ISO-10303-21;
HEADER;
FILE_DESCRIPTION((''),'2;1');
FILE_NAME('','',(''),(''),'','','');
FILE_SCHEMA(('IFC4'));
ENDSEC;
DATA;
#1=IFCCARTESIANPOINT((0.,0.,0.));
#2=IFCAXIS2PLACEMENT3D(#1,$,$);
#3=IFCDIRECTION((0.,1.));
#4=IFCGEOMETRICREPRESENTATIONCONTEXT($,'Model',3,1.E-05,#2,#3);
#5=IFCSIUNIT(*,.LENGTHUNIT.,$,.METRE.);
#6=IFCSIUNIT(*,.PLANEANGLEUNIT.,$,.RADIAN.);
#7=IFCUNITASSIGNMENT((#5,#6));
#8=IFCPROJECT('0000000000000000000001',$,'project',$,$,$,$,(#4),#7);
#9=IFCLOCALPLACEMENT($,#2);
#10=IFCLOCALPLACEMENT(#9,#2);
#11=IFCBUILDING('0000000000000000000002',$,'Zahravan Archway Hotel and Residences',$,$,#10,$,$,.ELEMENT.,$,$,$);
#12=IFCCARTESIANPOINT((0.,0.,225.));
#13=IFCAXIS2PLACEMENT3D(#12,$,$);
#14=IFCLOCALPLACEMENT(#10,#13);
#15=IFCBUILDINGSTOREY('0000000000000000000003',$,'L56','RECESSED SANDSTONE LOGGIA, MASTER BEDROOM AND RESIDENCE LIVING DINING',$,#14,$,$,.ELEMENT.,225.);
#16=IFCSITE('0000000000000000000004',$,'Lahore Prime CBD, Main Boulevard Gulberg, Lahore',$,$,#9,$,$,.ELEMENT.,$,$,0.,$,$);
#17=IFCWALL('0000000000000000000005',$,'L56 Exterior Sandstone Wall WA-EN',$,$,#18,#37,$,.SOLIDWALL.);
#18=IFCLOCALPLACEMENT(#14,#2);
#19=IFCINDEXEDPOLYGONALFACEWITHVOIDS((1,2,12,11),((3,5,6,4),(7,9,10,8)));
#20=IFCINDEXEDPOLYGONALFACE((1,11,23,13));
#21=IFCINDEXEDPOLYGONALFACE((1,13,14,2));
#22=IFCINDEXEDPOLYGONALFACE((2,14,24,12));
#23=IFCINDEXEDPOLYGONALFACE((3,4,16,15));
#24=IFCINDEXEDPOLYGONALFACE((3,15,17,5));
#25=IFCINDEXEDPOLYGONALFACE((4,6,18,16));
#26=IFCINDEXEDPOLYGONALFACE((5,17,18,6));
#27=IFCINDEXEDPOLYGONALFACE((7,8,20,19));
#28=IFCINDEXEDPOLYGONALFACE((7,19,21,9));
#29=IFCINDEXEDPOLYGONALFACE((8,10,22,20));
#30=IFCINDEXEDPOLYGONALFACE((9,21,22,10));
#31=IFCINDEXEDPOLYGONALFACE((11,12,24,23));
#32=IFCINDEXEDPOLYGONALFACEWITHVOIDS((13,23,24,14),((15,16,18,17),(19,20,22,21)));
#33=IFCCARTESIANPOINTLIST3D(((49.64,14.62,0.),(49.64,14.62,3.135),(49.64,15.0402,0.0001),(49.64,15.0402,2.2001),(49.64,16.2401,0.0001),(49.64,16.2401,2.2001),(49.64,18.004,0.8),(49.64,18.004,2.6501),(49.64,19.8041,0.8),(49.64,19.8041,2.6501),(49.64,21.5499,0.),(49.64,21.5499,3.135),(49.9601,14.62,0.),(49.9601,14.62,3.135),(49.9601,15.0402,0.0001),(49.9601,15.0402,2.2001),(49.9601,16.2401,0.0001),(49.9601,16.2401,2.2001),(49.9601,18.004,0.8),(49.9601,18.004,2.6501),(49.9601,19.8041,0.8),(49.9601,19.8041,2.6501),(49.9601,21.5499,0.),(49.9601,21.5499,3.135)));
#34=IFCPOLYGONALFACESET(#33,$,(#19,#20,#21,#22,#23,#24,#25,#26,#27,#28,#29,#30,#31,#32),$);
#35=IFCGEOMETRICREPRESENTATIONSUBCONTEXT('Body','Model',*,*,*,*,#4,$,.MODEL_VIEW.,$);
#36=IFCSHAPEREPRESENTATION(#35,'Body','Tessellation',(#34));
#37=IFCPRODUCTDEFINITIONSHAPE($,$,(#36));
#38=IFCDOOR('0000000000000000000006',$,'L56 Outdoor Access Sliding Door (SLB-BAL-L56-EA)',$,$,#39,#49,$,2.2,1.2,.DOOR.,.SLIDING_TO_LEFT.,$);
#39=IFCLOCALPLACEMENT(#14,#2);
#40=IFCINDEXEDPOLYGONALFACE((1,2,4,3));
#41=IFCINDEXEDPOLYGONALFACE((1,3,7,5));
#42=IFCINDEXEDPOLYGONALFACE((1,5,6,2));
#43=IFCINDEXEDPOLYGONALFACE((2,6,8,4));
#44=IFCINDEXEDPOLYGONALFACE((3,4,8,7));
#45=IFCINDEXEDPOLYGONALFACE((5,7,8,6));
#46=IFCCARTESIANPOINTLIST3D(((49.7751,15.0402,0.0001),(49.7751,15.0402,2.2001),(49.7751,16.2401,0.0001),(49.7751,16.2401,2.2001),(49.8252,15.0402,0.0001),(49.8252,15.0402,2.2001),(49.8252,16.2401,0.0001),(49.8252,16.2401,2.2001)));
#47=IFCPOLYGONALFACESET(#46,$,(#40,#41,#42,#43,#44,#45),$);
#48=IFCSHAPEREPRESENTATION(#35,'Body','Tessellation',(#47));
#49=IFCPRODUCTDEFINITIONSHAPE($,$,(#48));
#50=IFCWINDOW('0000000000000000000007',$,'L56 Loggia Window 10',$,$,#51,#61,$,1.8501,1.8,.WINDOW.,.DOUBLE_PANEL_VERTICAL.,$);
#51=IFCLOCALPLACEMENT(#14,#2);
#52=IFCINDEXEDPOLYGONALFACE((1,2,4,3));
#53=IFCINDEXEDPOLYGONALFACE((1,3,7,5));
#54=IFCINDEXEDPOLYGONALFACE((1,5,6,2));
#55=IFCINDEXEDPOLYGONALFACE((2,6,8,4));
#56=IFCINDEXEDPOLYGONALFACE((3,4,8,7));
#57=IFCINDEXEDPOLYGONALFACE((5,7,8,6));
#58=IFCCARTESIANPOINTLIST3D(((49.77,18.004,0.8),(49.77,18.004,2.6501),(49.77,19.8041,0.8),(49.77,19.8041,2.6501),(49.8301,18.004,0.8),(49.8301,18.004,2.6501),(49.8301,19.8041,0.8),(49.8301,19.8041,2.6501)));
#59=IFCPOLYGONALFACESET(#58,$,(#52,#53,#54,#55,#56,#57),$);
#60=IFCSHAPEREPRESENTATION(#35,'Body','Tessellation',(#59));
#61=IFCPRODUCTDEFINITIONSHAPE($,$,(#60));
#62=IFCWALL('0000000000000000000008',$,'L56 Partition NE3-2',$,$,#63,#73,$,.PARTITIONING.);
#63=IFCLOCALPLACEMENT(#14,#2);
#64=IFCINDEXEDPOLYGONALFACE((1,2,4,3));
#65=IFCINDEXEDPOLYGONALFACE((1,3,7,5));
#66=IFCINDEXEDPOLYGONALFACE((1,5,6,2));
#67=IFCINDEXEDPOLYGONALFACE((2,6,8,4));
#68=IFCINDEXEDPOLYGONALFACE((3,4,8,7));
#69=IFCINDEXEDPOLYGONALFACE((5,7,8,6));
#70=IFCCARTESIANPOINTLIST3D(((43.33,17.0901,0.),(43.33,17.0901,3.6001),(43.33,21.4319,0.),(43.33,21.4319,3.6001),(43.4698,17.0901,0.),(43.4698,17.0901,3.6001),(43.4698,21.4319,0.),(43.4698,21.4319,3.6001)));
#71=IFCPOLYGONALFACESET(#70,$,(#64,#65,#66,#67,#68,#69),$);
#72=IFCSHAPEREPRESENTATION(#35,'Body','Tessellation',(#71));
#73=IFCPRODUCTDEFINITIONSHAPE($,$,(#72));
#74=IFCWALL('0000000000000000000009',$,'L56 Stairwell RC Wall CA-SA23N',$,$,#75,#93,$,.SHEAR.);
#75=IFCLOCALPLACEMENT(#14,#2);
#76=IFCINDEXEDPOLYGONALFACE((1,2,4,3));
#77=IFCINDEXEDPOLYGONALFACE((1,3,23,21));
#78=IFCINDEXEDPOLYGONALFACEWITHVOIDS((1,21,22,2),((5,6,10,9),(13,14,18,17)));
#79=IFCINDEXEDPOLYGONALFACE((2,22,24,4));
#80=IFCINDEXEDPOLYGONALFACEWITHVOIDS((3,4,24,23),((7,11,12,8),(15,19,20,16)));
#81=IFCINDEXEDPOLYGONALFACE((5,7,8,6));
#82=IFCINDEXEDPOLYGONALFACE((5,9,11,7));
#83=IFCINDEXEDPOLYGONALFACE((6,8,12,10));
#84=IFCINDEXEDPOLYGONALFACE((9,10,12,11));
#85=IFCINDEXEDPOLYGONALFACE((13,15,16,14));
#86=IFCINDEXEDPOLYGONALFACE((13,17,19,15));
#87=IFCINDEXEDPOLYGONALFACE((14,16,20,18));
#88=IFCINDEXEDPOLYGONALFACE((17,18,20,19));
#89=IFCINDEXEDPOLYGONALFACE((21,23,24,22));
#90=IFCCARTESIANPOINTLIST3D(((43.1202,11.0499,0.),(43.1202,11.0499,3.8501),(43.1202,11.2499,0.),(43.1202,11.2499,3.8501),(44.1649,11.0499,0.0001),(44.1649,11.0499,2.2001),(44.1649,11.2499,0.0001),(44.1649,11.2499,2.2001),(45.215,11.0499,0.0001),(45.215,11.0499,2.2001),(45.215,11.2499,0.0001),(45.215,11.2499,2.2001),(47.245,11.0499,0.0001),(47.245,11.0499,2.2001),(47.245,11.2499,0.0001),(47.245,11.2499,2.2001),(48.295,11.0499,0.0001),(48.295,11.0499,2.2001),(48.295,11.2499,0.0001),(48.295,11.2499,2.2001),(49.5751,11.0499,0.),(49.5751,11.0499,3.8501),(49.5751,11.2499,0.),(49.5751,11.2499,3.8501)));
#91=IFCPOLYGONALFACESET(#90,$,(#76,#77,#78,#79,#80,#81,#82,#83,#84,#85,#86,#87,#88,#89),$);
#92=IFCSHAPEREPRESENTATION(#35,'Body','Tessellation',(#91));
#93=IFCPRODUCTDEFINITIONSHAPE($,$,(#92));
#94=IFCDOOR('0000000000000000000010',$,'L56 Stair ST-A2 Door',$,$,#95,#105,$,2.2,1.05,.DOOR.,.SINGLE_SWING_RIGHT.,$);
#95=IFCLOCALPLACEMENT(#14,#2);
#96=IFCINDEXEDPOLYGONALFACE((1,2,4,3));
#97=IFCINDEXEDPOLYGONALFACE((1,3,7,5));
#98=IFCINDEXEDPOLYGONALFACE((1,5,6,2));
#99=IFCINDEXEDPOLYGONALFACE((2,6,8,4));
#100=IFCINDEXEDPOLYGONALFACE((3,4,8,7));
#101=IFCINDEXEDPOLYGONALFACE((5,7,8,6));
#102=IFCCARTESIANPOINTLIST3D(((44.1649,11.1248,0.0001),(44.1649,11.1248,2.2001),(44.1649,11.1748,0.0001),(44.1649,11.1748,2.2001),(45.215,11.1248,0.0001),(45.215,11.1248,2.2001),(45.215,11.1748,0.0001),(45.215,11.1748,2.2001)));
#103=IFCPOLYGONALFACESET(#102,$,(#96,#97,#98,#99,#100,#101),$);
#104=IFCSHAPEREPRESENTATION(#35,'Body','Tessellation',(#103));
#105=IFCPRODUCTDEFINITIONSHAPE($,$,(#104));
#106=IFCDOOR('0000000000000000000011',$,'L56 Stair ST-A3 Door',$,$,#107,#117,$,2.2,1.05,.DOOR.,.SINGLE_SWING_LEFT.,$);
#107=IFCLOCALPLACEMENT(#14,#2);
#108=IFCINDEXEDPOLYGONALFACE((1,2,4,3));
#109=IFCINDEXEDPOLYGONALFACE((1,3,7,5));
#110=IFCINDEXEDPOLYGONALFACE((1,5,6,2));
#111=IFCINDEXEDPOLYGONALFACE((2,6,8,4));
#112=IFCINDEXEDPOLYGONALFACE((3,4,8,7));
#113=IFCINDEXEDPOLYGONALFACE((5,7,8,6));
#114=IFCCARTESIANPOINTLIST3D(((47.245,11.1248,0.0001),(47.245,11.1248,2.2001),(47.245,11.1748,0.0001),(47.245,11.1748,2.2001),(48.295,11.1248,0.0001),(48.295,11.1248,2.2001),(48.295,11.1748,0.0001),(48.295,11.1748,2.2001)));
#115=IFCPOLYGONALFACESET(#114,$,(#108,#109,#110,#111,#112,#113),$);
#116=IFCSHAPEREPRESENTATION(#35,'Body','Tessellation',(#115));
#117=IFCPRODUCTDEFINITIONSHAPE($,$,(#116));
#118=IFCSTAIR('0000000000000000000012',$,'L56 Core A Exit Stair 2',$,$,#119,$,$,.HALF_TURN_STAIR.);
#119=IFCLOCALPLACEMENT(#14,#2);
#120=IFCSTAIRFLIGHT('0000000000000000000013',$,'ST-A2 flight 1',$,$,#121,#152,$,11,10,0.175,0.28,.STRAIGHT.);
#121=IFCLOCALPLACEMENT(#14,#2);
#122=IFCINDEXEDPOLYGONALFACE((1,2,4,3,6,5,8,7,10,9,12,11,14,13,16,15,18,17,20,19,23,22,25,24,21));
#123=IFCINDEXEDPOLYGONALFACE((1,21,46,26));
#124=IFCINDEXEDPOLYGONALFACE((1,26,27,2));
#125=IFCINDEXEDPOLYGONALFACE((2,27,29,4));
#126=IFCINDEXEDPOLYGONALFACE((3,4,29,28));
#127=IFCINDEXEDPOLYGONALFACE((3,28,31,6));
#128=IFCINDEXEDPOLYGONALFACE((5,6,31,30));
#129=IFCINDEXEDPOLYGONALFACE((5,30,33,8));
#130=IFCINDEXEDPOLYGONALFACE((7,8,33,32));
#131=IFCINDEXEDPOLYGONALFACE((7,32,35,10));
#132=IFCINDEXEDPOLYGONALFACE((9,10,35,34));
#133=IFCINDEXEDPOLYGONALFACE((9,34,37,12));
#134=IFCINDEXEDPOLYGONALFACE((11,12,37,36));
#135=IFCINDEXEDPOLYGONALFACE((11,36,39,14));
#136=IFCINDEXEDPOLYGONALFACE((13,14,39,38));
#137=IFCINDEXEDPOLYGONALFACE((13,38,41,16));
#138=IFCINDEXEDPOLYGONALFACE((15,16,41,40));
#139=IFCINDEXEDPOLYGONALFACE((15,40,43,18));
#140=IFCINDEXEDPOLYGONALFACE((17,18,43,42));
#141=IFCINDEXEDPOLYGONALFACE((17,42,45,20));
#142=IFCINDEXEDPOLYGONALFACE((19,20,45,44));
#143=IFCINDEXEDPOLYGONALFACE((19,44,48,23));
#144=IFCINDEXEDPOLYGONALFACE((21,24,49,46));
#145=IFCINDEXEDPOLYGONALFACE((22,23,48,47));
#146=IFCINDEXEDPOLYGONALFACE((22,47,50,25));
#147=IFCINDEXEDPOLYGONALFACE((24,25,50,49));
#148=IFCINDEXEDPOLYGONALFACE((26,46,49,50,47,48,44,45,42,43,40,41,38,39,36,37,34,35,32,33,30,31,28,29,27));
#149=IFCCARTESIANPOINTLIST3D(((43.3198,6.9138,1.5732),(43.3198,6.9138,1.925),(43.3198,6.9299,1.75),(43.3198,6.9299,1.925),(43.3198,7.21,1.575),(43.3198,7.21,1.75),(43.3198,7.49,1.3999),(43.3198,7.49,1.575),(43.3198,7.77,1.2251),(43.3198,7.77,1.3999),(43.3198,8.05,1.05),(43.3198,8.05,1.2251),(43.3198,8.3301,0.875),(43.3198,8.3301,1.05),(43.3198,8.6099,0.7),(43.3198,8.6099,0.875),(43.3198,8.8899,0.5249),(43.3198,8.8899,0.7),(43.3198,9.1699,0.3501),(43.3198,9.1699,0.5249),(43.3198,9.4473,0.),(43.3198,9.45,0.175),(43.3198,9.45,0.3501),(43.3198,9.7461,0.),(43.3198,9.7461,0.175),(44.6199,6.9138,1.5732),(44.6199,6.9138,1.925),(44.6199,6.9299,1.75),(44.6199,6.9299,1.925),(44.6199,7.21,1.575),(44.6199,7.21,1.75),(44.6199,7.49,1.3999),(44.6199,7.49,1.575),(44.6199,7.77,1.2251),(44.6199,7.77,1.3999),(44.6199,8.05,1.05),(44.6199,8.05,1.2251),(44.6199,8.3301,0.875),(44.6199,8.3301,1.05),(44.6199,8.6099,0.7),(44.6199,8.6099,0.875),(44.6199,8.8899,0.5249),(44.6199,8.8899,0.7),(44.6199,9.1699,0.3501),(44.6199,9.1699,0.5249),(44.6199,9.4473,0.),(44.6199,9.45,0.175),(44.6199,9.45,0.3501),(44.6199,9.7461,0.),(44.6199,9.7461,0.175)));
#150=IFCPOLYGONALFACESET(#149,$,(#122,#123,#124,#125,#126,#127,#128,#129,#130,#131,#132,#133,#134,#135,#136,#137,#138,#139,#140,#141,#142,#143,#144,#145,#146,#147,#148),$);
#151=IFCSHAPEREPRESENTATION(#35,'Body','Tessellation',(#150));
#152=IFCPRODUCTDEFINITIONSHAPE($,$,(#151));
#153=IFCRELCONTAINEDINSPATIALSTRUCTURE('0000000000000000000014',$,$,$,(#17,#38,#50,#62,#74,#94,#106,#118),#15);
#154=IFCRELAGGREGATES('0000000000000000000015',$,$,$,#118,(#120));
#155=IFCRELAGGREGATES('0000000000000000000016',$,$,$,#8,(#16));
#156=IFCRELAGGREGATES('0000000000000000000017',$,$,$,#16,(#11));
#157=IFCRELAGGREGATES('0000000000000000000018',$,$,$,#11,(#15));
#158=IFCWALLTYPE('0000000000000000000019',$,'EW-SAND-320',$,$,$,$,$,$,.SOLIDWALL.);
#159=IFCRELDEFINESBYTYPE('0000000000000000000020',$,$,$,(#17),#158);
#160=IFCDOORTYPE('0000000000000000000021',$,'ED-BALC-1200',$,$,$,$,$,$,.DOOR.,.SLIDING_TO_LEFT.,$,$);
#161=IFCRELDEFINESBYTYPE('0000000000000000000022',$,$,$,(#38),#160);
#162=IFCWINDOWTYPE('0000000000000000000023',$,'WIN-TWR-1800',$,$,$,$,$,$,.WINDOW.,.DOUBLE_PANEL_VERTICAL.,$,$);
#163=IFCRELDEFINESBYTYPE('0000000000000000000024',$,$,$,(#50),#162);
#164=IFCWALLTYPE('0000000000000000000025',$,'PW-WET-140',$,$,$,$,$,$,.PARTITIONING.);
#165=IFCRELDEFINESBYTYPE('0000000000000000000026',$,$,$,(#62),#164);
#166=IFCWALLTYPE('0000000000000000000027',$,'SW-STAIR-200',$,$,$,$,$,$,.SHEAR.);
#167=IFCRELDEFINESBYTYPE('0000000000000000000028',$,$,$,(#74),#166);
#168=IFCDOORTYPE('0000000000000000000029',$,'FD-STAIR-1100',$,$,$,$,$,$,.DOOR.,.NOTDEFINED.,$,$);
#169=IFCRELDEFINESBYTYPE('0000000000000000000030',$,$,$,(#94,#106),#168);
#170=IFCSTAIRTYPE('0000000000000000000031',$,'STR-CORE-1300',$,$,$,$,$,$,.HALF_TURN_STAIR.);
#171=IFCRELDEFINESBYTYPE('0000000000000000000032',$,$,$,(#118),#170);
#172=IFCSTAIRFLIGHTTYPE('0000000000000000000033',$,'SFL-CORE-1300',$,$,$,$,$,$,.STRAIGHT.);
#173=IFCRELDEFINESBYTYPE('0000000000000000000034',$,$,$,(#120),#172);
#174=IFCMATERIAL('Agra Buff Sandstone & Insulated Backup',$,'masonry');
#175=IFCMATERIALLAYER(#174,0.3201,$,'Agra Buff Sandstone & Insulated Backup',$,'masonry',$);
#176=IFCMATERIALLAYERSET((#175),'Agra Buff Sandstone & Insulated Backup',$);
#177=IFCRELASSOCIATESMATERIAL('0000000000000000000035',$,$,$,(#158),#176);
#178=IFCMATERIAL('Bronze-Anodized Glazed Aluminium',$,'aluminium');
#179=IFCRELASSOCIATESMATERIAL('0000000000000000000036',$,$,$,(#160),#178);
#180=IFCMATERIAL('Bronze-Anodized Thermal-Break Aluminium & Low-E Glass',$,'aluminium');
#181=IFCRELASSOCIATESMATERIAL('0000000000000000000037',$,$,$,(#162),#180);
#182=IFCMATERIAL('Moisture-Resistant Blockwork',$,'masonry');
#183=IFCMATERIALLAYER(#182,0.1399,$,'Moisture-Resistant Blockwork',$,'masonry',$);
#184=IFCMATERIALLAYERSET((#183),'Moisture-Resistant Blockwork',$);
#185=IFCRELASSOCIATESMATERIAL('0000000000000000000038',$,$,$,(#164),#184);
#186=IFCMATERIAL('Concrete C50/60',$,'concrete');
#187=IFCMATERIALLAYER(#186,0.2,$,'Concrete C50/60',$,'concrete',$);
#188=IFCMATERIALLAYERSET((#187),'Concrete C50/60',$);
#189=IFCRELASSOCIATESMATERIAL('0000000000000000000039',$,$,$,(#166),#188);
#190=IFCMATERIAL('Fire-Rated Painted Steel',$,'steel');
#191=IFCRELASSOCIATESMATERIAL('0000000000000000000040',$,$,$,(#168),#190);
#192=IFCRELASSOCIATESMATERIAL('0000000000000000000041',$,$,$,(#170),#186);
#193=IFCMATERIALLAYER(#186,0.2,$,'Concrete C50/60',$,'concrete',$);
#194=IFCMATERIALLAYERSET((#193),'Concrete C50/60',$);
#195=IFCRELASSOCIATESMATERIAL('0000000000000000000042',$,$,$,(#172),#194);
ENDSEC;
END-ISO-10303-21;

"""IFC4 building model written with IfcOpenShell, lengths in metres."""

from ifc_helpers import new_model, si_unit, direction, frame, frame_2d, origin, place, context, subcontext, project, spatial, polyline, rectangle, outline, extrude, source, transform, mapped, material, layer, layer_set, type_object, type_shapes, element, fill, aggregate, save


model = new_model("IFC4")

# Units and contexts
model_context = context("Model", 3, precision=1e-05, world=origin(), true_north=direction((0.0, 1.0)))
body_context = subcontext(model_context, "Body", "Model", "MODEL_VIEW")
ifc_project = project(units=[si_unit("LENGTHUNIT", "METRE"), si_unit("PLANEANGLEUNIT", "RADIAN")], contexts=[model_context])

# Site, building, storey
site_placement = place(None, origin())
site = spatial("IfcSite", under=ifc_project, at=site_placement, Name="Lahore Prime CBD, Main Boulevard Gulberg, Lahore", CompositionType="ELEMENT", RefElevation=0.0)
building_placement = place(site_placement, origin())
building = spatial("IfcBuilding", under=site, at=building_placement, Name="Zahravan Archway Hotel and Residences", CompositionType="ELEMENT")
storey_placement = place(building_placement, frame((0.0, 0.0, 225.0)))
storey = spatial("IfcBuildingStorey", under=building, at=storey_placement, Name="L56", Description="RECESSED SANDSTONE LOGGIA, MASTER BEDROOM AND RESIDENCE LIVING DINING", CompositionType="ELEMENT", Elevation=225.0)

# Wall, openings, door, window
ifc_material_1 = material(Name="Agra Buff Sandstone & Insulated Backup", Category="masonry")
ifc_layer_1 = layer(ifc_material_1, 0.3201, Name="Agra Buff Sandstone & Insulated Backup", Category="masonry")
ifc_layer_set_1 = layer_set([ifc_layer_1], Name="Agra Buff Sandstone & Insulated Backup")
wall_type_1 = type_object("IfcWallType", Name="EW-SAND-320", PredefinedType="SOLIDWALL", material=ifc_layer_set_1)
wall_1_placement = place(storey_placement, frame((49.8, 14.6201, 0.0), z_axis=(0.0, 0.0, 1.0), x_axis=(0.0, 1.0, 0.0)))
wall_1 = element("IfcWall", 1, at=wall_1_placement, inside=storey, type_object=wall_type_1, Name="L56 Exterior Sandstone Wall WA-EN", PredefinedType="SOLIDWALL", context=body_context, shape_type="SweptSolid", body=[
    extrude(rectangle(XDim=6.9299, YDim=0.3201, at=frame_2d((3.4648, 0.0))), origin(), (0.0, 0.0, 1.0), 3.135),
])
opening_1_placement = place(wall_1_placement, frame((0.4199, 0.0, 0.0)))
opening_1 = element("IfcOpeningElement", 2, at=opening_1_placement, cuts=wall_1, PredefinedType="OPENING", context=body_context, shape_type="SweptSolid", body=[
    extrude(rectangle(XDim=1.2, YDim=2.2, at=frame_2d((0.6001, 1.1001))), frame((0.0, 0.1699, 0.0), z_axis=(0.0, -1.0, 0.0), x_axis=(1.0, 0.0, 0.0)), (0.0, 0.0, 1.0), 0.3401),
])
opening_2_placement = place(wall_1_placement, frame((3.384, 0.0, 0.8)))
opening_2 = element("IfcOpeningElement", 3, at=opening_2_placement, cuts=wall_1, PredefinedType="OPENING", context=body_context, shape_type="SweptSolid", body=[
    extrude(rectangle(XDim=1.8, YDim=1.8501, at=frame_2d((0.8999, 0.925))), frame((0.0, 0.1699, 0.0), z_axis=(0.0, -1.0, 0.0), x_axis=(1.0, 0.0, 0.0)), (0.0, 0.0, 1.0), 0.3401),
])
ifc_material_2 = material(Name="Bronze-Anodized Glazed Aluminium", Category="aluminium")
door_type_1 = type_object("IfcDoorType", Name="ED-BALC-1200", OperationType="SLIDING_TO_LEFT", PredefinedType="DOOR", material=ifc_material_2)
shared_shape_1 = source(origin(), body_context, "Body", "SweptSolid", [
    extrude(rectangle(XDim=1.2, YDim=2.2, at=frame_2d((0.6001, 1.1001))), frame((0.0, 0.0249, 0.0), z_axis=(0.0, -1.0, 0.0), x_axis=(1.0, 0.0, 0.0)), (0.0, 0.0, 1.0), 0.05),
])
type_shapes(door_type_1, [shared_shape_1])
door_1_placement = place(opening_1_placement, origin())
door_1 = element("IfcDoor", 4, at=door_1_placement, inside=storey, type_object=door_type_1, Name="L56 Outdoor Access Sliding Door (SLB-BAL-L56-EA)", OperationType="SLIDING_TO_LEFT", OverallHeight=2.2, OverallWidth=1.2, PredefinedType="DOOR", context=body_context, shape_type="MappedRepresentation", body=[
    mapped(shared_shape_1, transform((0.0, 0.0, 0.0), scale=1.0)),
])
fill(opening_1, door_1)
ifc_material_3 = material(Name="Bronze-Anodized Thermal-Break Aluminium & Low-E Glass", Category="aluminium")
window_type = type_object("IfcWindowType", Name="WIN-TWR-1800", PartitioningType="DOUBLE_PANEL_VERTICAL", PredefinedType="WINDOW", material=ifc_material_3)
shared_shape_2 = source(origin(), body_context, "Body", "SweptSolid", [
    extrude(rectangle(XDim=1.8, YDim=1.8501, at=frame_2d((0.8999, 0.925))), frame((0.0, 0.03, 0.0), z_axis=(0.0, -1.0, 0.0), x_axis=(1.0, 0.0, 0.0)), (0.0, 0.0, 1.0), 0.0601),
])
type_shapes(window_type, [shared_shape_2])
window_placement = place(opening_2_placement, origin())
window = element("IfcWindow", 5, at=window_placement, inside=storey, type_object=window_type, Name="L56 Loggia Window 10", OverallHeight=1.8501, OverallWidth=1.8, PartitioningType="DOUBLE_PANEL_VERTICAL", PredefinedType="WINDOW", context=body_context, shape_type="MappedRepresentation", body=[
    mapped(shared_shape_2, transform((0.0, 0.0, 0.0), scale=1.0)),
])
fill(opening_2, window)

# Shared definitions
ifc_material_4 = material(Name="Fire-Rated Painted Steel", Category="steel")

# Wall
ifc_material_5 = material(Name="Moisture-Resistant Blockwork", Category="masonry")
ifc_layer_2 = layer(ifc_material_5, 0.1399, Name="Moisture-Resistant Blockwork", Category="masonry")
ifc_layer_set_2 = layer_set([ifc_layer_2], Name="Moisture-Resistant Blockwork")
wall_type_2 = type_object("IfcWallType", Name="PW-WET-140", PredefinedType="PARTITIONING", material=ifc_layer_set_2)
wall_2_placement = place(storey_placement, frame((43.3999, 17.0901, 0.0), z_axis=(0.0, 0.0, 1.0), x_axis=(0.0, 1.0, 0.0)))
element("IfcWall", 6, at=wall_2_placement, inside=storey, type_object=wall_type_2, Name="L56 Partition NE3-2", PredefinedType="PARTITIONING", context=body_context, shape_type="SweptSolid", body=[
    extrude(rectangle(XDim=4.3418, YDim=0.1399, at=frame_2d((2.1709, 0.0))), origin(), (0.0, 0.0, 1.0), 3.6001),
])

# Wall, openings, doors
ifc_material_6 = material(Name="Concrete C50/60", Category="concrete")
ifc_layer_3 = layer(ifc_material_6, 0.2, Name="Concrete C50/60", Category="concrete")
ifc_layer_set_3 = layer_set([ifc_layer_3], Name="Concrete C50/60")
wall_type_3 = type_object("IfcWallType", Name="SW-STAIR-200", PredefinedType="SHEAR", material=ifc_layer_set_3)
wall_3_placement = place(storey_placement, frame((43.1201, 11.1499, 0.0), z_axis=(0.0, 0.0, 1.0), x_axis=(1.0, 0.0, 0.0)))
wall_3 = element("IfcWall", 7, at=wall_3_placement, inside=storey, type_object=wall_type_3, Name="L56 Stairwell RC Wall CA-SA23N", PredefinedType="SHEAR", context=body_context, shape_type="SweptSolid", body=[
    extrude(rectangle(XDim=6.4548, YDim=0.2, at=frame_2d((3.2275, 0.0))), origin(), (0.0, 0.0, 1.0), 3.8501),
])
opening_3_placement = place(wall_3_placement, frame((1.0449, 0.0, 0.0)))
opening_3 = element("IfcOpeningElement", 8, at=opening_3_placement, cuts=wall_3, PredefinedType="OPENING", context=body_context, shape_type="SweptSolid", body=[
    extrude(rectangle(XDim=1.05, YDim=2.2, at=frame_2d((0.5249, 1.1001))), frame((0.0, 0.1099, 0.0), z_axis=(0.0, -1.0, 0.0), x_axis=(1.0, 0.0, 0.0)), (0.0, 0.0, 1.0), 0.22),
])
opening_4_placement = place(wall_3_placement, frame((4.125, 0.0, 0.0)))
opening_4 = element("IfcOpeningElement", 9, at=opening_4_placement, cuts=wall_3, PredefinedType="OPENING", context=body_context, shape_type="SweptSolid", body=[
    extrude(rectangle(XDim=1.05, YDim=2.2, at=frame_2d((0.5249, 1.1001))), frame((0.0, 0.1099, 0.0), z_axis=(0.0, -1.0, 0.0), x_axis=(1.0, 0.0, 0.0)), (0.0, 0.0, 1.0), 0.22),
])
door_type_2 = type_object("IfcDoorType", Name="FD-STAIR-1100", OperationType="NOTDEFINED", PredefinedType="DOOR", material=ifc_material_4)
shared_shape_3 = source(origin(), body_context, "Body", "SweptSolid", [
    extrude(rectangle(XDim=1.05, YDim=2.2, at=frame_2d((0.5249, 1.1001))), frame((0.0, 0.0249, 0.0), z_axis=(0.0, -1.0, 0.0), x_axis=(1.0, 0.0, 0.0)), (0.0, 0.0, 1.0), 0.05),
])
type_shapes(door_type_2, [shared_shape_3])
door_2_placement = place(opening_3_placement, origin())
door_2 = element("IfcDoor", 10, at=door_2_placement, inside=storey, type_object=door_type_2, Name="L56 Stair ST-A2 Door", OperationType="SINGLE_SWING_RIGHT", OverallHeight=2.2, OverallWidth=1.05, PredefinedType="DOOR", context=body_context, shape_type="MappedRepresentation", body=[
    mapped(shared_shape_3, transform((0.0, 0.0, 0.0), scale=1.0)),
])
fill(opening_3, door_2)
door_3_placement = place(opening_4_placement, origin())
door_3 = element("IfcDoor", 11, at=door_3_placement, inside=storey, type_object=door_type_2, Name="L56 Stair ST-A3 Door", OperationType="SINGLE_SWING_LEFT", OverallHeight=2.2, OverallWidth=1.05, PredefinedType="DOOR", context=body_context, shape_type="MappedRepresentation", body=[
    mapped(shared_shape_3, transform((0.0, 0.0, 0.0), scale=1.0)),
])
fill(opening_4, door_3)

# Stair, stair flight
stair_type = type_object("IfcStairType", Name="STR-CORE-1300", PredefinedType="HALF_TURN_STAIR", material=ifc_material_6)
stair_1_placement = place(storey_placement, origin())
stair_1 = element("IfcStair", 12, at=stair_1_placement, inside=storey, type_object=stair_type, Name="L56 Core A Exit Stair 2", PredefinedType="HALF_TURN_STAIR")
ifc_layer_4 = layer(ifc_material_6, 0.2, Name="Concrete C50/60", Category="concrete")
ifc_layer_set_4 = layer_set([ifc_layer_4], Name="Concrete C50/60")
stair_flight_type = type_object("IfcStairFlightType", Name="SFL-CORE-1300", PredefinedType="STRAIGHT", material=ifc_layer_set_4)
shared_shape_4 = source(origin(), body_context, "Body", "SweptSolid", [
    extrude(outline(polyline([(-0.0161, 0.0), (-0.0161, 0.175), (0.28, 0.175), (0.28, 0.3501), (0.5601, 0.3501), (0.5601, 0.5249), (0.8401, 0.5249), (0.8401, 0.7), (1.1201, 0.7), (1.1201, 0.875), (1.3999, 0.875), (1.3999, 1.05), (1.6799, 1.05), (1.6799, 1.2251), (1.96, 1.2251), (1.96, 1.3999), (2.24, 1.3999), (2.24, 1.575), (2.52, 1.575), (2.52, 1.75), (2.8, 1.75), (2.8, 1.925), (2.8162, 1.925), (2.8162, 1.5732), (0.2827, 0.0), (-0.0161, 0.0)])), frame((0.0, 0.6499, 0.0), z_axis=(0.0, -1.0, 0.0), x_axis=(1.0, 0.0, 0.0)), (0.0, 0.0, 1.0), 1.3),
])
stair_flight_1_placement = place(storey_placement, frame((43.97, 9.73, 0.0), z_axis=(0.0, 0.0, 1.0), x_axis=(0.0, -1.0, 0.0)))
stair_flight_1 = element("IfcStairFlight", 13, at=stair_flight_1_placement, type_object=stair_flight_type, Name="ST-A2 flight 1", NumberOfRisers=11, NumberOfTreads=10, PredefinedType="STRAIGHT", RiserHeight=0.175, TreadLength=0.28, context=body_context, shape_type="MappedRepresentation", body=[
    mapped(shared_shape_4, transform((0.0, 0.0, 0.0), scale=1.0)),
])
aggregate(stair_1, [stair_flight_1])

save(model, "model.ifc")
